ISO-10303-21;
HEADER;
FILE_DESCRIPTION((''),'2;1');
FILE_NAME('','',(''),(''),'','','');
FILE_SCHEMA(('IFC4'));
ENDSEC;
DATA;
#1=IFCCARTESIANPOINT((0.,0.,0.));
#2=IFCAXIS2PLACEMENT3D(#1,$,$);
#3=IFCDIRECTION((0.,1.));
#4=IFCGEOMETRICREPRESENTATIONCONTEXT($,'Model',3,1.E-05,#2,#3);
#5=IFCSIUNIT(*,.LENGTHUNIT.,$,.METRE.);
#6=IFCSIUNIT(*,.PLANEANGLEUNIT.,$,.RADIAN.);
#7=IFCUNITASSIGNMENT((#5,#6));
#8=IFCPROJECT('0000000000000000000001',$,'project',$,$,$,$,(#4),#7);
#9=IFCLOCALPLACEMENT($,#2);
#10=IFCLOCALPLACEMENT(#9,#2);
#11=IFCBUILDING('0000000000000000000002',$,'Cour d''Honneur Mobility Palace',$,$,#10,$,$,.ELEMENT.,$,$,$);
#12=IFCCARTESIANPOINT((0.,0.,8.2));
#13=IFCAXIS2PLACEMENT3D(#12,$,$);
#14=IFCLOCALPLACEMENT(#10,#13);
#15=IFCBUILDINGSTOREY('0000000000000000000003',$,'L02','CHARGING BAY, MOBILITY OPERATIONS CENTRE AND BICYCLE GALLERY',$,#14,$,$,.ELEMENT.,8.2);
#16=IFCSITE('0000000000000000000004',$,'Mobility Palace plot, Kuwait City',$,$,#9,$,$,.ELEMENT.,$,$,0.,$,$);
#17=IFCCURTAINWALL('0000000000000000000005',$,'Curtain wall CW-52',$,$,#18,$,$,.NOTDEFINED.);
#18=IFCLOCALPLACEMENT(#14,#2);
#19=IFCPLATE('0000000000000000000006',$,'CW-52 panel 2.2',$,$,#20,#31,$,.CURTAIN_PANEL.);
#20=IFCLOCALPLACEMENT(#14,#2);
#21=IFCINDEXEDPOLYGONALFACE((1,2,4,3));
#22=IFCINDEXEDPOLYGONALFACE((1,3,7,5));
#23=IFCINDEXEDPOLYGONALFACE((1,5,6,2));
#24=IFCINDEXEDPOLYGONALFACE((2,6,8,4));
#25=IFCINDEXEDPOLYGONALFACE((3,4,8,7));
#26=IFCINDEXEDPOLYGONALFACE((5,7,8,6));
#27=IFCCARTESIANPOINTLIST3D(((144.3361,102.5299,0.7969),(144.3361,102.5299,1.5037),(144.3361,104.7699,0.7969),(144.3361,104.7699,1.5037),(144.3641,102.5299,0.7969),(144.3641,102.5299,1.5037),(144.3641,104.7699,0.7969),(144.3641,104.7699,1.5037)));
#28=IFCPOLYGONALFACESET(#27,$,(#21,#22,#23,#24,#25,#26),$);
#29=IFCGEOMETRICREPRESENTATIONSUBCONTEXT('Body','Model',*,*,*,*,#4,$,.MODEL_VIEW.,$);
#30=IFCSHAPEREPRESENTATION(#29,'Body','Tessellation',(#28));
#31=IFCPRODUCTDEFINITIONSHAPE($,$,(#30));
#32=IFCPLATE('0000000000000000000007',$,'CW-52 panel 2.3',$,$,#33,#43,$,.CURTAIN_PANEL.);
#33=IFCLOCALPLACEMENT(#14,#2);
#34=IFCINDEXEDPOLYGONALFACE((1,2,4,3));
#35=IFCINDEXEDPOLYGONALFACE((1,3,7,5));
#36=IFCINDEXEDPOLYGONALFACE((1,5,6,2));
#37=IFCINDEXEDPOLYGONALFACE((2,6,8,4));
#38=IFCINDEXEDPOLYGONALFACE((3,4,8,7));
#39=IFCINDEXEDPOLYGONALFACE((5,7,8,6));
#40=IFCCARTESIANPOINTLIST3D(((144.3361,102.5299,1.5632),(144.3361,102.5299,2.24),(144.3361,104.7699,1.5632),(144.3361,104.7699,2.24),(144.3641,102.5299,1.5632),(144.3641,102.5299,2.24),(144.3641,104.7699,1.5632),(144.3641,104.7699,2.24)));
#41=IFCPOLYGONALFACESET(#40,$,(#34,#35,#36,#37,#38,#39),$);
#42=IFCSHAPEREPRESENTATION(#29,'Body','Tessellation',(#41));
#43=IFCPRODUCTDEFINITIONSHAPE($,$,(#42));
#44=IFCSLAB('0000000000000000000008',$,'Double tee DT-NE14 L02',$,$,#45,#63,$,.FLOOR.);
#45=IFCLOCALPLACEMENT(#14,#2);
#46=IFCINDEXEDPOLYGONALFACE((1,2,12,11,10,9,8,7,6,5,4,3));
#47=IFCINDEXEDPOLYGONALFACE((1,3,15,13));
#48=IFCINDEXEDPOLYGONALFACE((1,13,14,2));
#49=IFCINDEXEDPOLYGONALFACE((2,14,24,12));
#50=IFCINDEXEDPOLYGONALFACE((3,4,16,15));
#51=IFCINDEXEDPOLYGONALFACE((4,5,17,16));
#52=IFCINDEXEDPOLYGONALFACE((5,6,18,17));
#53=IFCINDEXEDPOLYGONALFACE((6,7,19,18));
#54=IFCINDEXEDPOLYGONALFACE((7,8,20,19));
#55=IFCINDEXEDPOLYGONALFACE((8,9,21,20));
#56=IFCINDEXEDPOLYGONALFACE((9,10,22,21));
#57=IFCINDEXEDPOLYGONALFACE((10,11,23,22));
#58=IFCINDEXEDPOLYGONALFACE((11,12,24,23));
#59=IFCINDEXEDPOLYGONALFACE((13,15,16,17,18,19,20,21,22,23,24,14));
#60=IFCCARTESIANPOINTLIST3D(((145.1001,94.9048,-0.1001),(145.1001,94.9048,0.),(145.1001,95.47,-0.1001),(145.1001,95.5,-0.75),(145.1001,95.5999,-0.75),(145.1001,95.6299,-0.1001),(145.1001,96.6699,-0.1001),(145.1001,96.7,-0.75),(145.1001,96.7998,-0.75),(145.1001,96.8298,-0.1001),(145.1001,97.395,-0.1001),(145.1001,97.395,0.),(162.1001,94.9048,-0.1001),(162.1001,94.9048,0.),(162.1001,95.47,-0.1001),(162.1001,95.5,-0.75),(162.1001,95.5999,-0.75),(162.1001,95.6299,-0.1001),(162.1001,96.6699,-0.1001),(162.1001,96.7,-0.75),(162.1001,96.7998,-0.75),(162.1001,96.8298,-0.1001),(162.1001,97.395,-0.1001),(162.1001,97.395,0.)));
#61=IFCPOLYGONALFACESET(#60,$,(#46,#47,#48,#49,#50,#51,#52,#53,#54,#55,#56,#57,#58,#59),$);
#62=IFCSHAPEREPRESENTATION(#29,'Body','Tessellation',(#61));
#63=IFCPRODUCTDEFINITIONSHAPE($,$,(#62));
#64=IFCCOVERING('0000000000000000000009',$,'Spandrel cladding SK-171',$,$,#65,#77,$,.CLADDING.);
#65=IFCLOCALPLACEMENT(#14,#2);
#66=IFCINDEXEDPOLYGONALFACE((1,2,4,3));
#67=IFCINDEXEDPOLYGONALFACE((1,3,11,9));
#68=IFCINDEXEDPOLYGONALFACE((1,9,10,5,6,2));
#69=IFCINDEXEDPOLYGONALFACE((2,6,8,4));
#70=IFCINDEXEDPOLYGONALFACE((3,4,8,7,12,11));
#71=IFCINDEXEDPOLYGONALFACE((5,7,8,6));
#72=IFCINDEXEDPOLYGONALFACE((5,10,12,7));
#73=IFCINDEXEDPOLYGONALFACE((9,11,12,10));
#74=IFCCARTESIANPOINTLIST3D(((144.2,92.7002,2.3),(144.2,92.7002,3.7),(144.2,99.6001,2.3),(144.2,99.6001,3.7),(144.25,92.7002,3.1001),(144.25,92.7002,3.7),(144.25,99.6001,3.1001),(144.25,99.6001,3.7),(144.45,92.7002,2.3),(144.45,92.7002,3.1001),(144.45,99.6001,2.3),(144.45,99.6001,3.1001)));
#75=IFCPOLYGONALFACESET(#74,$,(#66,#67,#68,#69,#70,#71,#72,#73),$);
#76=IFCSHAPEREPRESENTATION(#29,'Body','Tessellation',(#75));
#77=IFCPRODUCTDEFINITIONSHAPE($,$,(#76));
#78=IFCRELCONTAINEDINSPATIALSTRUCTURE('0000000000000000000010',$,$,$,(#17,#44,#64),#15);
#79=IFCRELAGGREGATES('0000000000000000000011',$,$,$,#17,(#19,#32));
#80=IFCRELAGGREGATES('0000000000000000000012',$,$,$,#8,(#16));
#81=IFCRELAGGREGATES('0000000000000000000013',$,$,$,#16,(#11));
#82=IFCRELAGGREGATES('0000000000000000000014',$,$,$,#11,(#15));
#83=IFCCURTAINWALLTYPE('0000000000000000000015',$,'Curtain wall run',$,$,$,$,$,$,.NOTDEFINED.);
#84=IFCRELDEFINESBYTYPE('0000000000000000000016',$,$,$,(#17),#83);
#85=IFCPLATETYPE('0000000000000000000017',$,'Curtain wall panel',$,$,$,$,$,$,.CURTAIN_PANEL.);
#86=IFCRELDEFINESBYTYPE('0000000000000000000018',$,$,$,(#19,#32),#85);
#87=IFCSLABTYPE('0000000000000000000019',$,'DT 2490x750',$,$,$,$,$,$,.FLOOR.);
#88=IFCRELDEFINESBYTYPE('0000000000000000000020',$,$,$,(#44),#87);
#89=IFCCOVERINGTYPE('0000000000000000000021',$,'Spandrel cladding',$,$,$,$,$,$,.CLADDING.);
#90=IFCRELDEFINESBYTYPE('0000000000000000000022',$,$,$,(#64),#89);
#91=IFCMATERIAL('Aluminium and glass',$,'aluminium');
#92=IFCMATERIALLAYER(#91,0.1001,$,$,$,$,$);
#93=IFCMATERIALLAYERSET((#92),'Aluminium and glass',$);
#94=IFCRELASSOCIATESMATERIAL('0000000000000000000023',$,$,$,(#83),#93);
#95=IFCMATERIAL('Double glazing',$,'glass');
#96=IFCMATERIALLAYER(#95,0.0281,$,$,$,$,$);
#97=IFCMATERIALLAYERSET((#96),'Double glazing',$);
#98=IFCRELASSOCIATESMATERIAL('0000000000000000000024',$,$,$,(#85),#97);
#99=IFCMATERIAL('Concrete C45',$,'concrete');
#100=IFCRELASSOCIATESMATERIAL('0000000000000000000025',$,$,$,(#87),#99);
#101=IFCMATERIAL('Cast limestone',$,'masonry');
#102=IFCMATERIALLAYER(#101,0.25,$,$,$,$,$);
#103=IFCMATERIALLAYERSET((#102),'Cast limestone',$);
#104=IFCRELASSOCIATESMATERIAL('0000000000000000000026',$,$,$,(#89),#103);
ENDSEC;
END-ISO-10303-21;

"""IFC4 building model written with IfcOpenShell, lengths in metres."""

from ifc_helpers import new_model, si_unit, direction, frame, origin, origin_2d, place, context, subcontext, project, spatial, polyline, rectangle, outline, extrude, material, layer, layer_set, material_profile, profile_set, type_object, element, aggregate, save


model = new_model("IFC4")

# Units and contexts
model_context = context("Model", 3, precision=1e-05, world=origin(), true_north=direction((0.0, 1.0)))
body_context = subcontext(model_context, "Body", "Model", "MODEL_VIEW")
ifc_project = project(units=[si_unit("LENGTHUNIT", "METRE"), si_unit("PLANEANGLEUNIT", "RADIAN")], contexts=[model_context])

# Site, building, storey
site_placement = place(None, origin())
site = spatial("IfcSite", under=ifc_project, at=site_placement, Name="Mobility Palace plot, Kuwait City", CompositionType="ELEMENT", RefElevation=0.0)
building_placement = place(site_placement, origin())
building = spatial("IfcBuilding", under=site, at=building_placement, Name="Cour d'Honneur Mobility Palace", CompositionType="ELEMENT")
storey_placement = place(building_placement, frame((0.0, 0.0, 8.2)))
storey = spatial("IfcBuildingStorey", under=building, at=storey_placement, Name="L02", Description="CHARGING BAY, MOBILITY OPERATIONS CENTRE AND BICYCLE GALLERY", CompositionType="ELEMENT", Elevation=8.2)

# Curtain wall
ifc_material_1 = material(Name="Aluminium and glass", Category="aluminium")
ifc_layer_1 = layer(ifc_material_1, 0.1001)
ifc_layer_set_1 = layer_set([ifc_layer_1], Name="Aluminium and glass")
curtain_wall_type = type_object("IfcCurtainWallType", Name="Curtain wall run", PredefinedType="NOTDEFINED", material=ifc_layer_set_1)
curtain_wall_placement = place(storey_placement, origin())
curtain_wall = element("IfcCurtainWall", 1, at=curtain_wall_placement, inside=storey, type_object=curtain_wall_type, Name="Curtain wall CW-52", PredefinedType="NOTDEFINED")

# Plates
ifc_material_2 = material(Name="Double glazing", Category="glass")
ifc_layer_2 = layer(ifc_material_2, 0.0281)
ifc_layer_set_2 = layer_set([ifc_layer_2], Name="Double glazing")
plate_type = type_object("IfcPlateType", Name="Curtain wall panel", PredefinedType="CURTAIN_PANEL", material=ifc_layer_set_2)
plate_1_placement = place(storey_placement, frame((144.3501, 103.6499, 0.7969), z_axis=(0.0, 0.0, 1.0), x_axis=(0.0, -1.0, 0.0)))
plate_1 = element("IfcPlate", 2, at=plate_1_placement, type_object=plate_type, Name="CW-52 panel 2.2", PredefinedType="CURTAIN_PANEL", context=body_context, shape_type="SweptSolid", body=[
    extrude(rectangle(XDim=2.24, YDim=0.0281, at=origin_2d()), origin(), (0.0, 0.0, 1.0), 0.7068),
])
plate_2_placement = place(storey_placement, frame((144.3501, 103.6499, 1.5632), z_axis=(0.0, 0.0, 1.0), x_axis=(0.0, -1.0, 0.0)))
plate_2 = element("IfcPlate", 3, at=plate_2_placement, type_object=plate_type, Name="CW-52 panel 2.3", PredefinedType="CURTAIN_PANEL", context=body_context, shape_type="SweptSolid", body=[
    extrude(rectangle(XDim=2.24, YDim=0.0281, at=origin_2d()), origin(), (0.0, 0.0, 1.0), 0.6768),
])
aggregate(curtain_wall, [plate_1, plate_2])

# Slab
ifc_material_3 = material(Name="Concrete C45", Category="concrete")
ifc_material_profile_1 = material_profile(ifc_material_3, outline(polyline([(-1.2451, 0.0), (1.2451, 0.0), (1.2451, -0.1001), (0.6799, -0.1001), (0.6499, -0.75), (0.55, -0.75), (0.52, -0.1001), (-0.52, -0.1001), (-0.55, -0.75), (-0.6499, -0.75), (-0.6799, -0.1001), (-1.2451, -0.1001), (-1.2451, 0.0)])), Name="DT 2490x750")
ifc_profile_set_1 = profile_set([ifc_material_profile_1], Name="Concrete C45")
slab_type = type_object("IfcSlabType", Name="DT 2490x750", PredefinedType="FLOOR", material=ifc_profile_set_1)
slab_placement = place(storey_placement, frame((145.1001, 96.1499, 0.0), z_axis=(1.0, 0.0, 0.0), x_axis=(0.0, 1.0, 0.0)))
element("IfcSlab", 4, at=slab_placement, inside=storey, type_object=slab_type, Name="Double tee DT-NE14 L02", PredefinedType="FLOOR", context=body_context, shape_type="SweptSolid", body=[
    extrude(outline(polyline([(-1.2451, 0.0), (1.2451, 0.0), (1.2451, -0.1001), (0.6799, -0.1001), (0.6499, -0.75), (0.55, -0.75), (0.52, -0.1001), (-0.52, -0.1001), (-0.55, -0.75), (-0.6499, -0.75), (-0.6799, -0.1001), (-1.2451, -0.1001), (-1.2451, 0.0)])), origin(), (0.0, 0.0, 1.0), 17.0),
])

# Covering
ifc_material_4 = material(Name="Cast limestone", Category="masonry")
ifc_layer_3 = layer(ifc_material_4, 0.25)
ifc_layer_set_3 = layer_set([ifc_layer_3], Name="Cast limestone")
covering_type = type_object("IfcCoveringType", Name="Spandrel cladding", PredefinedType="CLADDING", material=ifc_layer_set_3)
covering_placement = place(storey_placement, frame((144.45, 99.6001, 2.3), z_axis=(0.0, 1.0, 0.0), x_axis=(-1.0, 0.0, 0.0)))
element("IfcCovering", 5, at=covering_placement, inside=storey, type_object=covering_type, Name="Spandrel cladding SK-171", PredefinedType="CLADDING", context=body_context, shape_type="SweptSolid", body=[
    extrude(outline(polyline([(0.0, 0.0), (0.25, 0.0), (0.25, 1.3999), (0.2, 1.3999), (0.2, 0.8), (0.0, 0.8), (0.0, 0.0)])), origin(), (0.0, 0.0, -1.0), 6.8999),
])

save(model, "model.ifc")
